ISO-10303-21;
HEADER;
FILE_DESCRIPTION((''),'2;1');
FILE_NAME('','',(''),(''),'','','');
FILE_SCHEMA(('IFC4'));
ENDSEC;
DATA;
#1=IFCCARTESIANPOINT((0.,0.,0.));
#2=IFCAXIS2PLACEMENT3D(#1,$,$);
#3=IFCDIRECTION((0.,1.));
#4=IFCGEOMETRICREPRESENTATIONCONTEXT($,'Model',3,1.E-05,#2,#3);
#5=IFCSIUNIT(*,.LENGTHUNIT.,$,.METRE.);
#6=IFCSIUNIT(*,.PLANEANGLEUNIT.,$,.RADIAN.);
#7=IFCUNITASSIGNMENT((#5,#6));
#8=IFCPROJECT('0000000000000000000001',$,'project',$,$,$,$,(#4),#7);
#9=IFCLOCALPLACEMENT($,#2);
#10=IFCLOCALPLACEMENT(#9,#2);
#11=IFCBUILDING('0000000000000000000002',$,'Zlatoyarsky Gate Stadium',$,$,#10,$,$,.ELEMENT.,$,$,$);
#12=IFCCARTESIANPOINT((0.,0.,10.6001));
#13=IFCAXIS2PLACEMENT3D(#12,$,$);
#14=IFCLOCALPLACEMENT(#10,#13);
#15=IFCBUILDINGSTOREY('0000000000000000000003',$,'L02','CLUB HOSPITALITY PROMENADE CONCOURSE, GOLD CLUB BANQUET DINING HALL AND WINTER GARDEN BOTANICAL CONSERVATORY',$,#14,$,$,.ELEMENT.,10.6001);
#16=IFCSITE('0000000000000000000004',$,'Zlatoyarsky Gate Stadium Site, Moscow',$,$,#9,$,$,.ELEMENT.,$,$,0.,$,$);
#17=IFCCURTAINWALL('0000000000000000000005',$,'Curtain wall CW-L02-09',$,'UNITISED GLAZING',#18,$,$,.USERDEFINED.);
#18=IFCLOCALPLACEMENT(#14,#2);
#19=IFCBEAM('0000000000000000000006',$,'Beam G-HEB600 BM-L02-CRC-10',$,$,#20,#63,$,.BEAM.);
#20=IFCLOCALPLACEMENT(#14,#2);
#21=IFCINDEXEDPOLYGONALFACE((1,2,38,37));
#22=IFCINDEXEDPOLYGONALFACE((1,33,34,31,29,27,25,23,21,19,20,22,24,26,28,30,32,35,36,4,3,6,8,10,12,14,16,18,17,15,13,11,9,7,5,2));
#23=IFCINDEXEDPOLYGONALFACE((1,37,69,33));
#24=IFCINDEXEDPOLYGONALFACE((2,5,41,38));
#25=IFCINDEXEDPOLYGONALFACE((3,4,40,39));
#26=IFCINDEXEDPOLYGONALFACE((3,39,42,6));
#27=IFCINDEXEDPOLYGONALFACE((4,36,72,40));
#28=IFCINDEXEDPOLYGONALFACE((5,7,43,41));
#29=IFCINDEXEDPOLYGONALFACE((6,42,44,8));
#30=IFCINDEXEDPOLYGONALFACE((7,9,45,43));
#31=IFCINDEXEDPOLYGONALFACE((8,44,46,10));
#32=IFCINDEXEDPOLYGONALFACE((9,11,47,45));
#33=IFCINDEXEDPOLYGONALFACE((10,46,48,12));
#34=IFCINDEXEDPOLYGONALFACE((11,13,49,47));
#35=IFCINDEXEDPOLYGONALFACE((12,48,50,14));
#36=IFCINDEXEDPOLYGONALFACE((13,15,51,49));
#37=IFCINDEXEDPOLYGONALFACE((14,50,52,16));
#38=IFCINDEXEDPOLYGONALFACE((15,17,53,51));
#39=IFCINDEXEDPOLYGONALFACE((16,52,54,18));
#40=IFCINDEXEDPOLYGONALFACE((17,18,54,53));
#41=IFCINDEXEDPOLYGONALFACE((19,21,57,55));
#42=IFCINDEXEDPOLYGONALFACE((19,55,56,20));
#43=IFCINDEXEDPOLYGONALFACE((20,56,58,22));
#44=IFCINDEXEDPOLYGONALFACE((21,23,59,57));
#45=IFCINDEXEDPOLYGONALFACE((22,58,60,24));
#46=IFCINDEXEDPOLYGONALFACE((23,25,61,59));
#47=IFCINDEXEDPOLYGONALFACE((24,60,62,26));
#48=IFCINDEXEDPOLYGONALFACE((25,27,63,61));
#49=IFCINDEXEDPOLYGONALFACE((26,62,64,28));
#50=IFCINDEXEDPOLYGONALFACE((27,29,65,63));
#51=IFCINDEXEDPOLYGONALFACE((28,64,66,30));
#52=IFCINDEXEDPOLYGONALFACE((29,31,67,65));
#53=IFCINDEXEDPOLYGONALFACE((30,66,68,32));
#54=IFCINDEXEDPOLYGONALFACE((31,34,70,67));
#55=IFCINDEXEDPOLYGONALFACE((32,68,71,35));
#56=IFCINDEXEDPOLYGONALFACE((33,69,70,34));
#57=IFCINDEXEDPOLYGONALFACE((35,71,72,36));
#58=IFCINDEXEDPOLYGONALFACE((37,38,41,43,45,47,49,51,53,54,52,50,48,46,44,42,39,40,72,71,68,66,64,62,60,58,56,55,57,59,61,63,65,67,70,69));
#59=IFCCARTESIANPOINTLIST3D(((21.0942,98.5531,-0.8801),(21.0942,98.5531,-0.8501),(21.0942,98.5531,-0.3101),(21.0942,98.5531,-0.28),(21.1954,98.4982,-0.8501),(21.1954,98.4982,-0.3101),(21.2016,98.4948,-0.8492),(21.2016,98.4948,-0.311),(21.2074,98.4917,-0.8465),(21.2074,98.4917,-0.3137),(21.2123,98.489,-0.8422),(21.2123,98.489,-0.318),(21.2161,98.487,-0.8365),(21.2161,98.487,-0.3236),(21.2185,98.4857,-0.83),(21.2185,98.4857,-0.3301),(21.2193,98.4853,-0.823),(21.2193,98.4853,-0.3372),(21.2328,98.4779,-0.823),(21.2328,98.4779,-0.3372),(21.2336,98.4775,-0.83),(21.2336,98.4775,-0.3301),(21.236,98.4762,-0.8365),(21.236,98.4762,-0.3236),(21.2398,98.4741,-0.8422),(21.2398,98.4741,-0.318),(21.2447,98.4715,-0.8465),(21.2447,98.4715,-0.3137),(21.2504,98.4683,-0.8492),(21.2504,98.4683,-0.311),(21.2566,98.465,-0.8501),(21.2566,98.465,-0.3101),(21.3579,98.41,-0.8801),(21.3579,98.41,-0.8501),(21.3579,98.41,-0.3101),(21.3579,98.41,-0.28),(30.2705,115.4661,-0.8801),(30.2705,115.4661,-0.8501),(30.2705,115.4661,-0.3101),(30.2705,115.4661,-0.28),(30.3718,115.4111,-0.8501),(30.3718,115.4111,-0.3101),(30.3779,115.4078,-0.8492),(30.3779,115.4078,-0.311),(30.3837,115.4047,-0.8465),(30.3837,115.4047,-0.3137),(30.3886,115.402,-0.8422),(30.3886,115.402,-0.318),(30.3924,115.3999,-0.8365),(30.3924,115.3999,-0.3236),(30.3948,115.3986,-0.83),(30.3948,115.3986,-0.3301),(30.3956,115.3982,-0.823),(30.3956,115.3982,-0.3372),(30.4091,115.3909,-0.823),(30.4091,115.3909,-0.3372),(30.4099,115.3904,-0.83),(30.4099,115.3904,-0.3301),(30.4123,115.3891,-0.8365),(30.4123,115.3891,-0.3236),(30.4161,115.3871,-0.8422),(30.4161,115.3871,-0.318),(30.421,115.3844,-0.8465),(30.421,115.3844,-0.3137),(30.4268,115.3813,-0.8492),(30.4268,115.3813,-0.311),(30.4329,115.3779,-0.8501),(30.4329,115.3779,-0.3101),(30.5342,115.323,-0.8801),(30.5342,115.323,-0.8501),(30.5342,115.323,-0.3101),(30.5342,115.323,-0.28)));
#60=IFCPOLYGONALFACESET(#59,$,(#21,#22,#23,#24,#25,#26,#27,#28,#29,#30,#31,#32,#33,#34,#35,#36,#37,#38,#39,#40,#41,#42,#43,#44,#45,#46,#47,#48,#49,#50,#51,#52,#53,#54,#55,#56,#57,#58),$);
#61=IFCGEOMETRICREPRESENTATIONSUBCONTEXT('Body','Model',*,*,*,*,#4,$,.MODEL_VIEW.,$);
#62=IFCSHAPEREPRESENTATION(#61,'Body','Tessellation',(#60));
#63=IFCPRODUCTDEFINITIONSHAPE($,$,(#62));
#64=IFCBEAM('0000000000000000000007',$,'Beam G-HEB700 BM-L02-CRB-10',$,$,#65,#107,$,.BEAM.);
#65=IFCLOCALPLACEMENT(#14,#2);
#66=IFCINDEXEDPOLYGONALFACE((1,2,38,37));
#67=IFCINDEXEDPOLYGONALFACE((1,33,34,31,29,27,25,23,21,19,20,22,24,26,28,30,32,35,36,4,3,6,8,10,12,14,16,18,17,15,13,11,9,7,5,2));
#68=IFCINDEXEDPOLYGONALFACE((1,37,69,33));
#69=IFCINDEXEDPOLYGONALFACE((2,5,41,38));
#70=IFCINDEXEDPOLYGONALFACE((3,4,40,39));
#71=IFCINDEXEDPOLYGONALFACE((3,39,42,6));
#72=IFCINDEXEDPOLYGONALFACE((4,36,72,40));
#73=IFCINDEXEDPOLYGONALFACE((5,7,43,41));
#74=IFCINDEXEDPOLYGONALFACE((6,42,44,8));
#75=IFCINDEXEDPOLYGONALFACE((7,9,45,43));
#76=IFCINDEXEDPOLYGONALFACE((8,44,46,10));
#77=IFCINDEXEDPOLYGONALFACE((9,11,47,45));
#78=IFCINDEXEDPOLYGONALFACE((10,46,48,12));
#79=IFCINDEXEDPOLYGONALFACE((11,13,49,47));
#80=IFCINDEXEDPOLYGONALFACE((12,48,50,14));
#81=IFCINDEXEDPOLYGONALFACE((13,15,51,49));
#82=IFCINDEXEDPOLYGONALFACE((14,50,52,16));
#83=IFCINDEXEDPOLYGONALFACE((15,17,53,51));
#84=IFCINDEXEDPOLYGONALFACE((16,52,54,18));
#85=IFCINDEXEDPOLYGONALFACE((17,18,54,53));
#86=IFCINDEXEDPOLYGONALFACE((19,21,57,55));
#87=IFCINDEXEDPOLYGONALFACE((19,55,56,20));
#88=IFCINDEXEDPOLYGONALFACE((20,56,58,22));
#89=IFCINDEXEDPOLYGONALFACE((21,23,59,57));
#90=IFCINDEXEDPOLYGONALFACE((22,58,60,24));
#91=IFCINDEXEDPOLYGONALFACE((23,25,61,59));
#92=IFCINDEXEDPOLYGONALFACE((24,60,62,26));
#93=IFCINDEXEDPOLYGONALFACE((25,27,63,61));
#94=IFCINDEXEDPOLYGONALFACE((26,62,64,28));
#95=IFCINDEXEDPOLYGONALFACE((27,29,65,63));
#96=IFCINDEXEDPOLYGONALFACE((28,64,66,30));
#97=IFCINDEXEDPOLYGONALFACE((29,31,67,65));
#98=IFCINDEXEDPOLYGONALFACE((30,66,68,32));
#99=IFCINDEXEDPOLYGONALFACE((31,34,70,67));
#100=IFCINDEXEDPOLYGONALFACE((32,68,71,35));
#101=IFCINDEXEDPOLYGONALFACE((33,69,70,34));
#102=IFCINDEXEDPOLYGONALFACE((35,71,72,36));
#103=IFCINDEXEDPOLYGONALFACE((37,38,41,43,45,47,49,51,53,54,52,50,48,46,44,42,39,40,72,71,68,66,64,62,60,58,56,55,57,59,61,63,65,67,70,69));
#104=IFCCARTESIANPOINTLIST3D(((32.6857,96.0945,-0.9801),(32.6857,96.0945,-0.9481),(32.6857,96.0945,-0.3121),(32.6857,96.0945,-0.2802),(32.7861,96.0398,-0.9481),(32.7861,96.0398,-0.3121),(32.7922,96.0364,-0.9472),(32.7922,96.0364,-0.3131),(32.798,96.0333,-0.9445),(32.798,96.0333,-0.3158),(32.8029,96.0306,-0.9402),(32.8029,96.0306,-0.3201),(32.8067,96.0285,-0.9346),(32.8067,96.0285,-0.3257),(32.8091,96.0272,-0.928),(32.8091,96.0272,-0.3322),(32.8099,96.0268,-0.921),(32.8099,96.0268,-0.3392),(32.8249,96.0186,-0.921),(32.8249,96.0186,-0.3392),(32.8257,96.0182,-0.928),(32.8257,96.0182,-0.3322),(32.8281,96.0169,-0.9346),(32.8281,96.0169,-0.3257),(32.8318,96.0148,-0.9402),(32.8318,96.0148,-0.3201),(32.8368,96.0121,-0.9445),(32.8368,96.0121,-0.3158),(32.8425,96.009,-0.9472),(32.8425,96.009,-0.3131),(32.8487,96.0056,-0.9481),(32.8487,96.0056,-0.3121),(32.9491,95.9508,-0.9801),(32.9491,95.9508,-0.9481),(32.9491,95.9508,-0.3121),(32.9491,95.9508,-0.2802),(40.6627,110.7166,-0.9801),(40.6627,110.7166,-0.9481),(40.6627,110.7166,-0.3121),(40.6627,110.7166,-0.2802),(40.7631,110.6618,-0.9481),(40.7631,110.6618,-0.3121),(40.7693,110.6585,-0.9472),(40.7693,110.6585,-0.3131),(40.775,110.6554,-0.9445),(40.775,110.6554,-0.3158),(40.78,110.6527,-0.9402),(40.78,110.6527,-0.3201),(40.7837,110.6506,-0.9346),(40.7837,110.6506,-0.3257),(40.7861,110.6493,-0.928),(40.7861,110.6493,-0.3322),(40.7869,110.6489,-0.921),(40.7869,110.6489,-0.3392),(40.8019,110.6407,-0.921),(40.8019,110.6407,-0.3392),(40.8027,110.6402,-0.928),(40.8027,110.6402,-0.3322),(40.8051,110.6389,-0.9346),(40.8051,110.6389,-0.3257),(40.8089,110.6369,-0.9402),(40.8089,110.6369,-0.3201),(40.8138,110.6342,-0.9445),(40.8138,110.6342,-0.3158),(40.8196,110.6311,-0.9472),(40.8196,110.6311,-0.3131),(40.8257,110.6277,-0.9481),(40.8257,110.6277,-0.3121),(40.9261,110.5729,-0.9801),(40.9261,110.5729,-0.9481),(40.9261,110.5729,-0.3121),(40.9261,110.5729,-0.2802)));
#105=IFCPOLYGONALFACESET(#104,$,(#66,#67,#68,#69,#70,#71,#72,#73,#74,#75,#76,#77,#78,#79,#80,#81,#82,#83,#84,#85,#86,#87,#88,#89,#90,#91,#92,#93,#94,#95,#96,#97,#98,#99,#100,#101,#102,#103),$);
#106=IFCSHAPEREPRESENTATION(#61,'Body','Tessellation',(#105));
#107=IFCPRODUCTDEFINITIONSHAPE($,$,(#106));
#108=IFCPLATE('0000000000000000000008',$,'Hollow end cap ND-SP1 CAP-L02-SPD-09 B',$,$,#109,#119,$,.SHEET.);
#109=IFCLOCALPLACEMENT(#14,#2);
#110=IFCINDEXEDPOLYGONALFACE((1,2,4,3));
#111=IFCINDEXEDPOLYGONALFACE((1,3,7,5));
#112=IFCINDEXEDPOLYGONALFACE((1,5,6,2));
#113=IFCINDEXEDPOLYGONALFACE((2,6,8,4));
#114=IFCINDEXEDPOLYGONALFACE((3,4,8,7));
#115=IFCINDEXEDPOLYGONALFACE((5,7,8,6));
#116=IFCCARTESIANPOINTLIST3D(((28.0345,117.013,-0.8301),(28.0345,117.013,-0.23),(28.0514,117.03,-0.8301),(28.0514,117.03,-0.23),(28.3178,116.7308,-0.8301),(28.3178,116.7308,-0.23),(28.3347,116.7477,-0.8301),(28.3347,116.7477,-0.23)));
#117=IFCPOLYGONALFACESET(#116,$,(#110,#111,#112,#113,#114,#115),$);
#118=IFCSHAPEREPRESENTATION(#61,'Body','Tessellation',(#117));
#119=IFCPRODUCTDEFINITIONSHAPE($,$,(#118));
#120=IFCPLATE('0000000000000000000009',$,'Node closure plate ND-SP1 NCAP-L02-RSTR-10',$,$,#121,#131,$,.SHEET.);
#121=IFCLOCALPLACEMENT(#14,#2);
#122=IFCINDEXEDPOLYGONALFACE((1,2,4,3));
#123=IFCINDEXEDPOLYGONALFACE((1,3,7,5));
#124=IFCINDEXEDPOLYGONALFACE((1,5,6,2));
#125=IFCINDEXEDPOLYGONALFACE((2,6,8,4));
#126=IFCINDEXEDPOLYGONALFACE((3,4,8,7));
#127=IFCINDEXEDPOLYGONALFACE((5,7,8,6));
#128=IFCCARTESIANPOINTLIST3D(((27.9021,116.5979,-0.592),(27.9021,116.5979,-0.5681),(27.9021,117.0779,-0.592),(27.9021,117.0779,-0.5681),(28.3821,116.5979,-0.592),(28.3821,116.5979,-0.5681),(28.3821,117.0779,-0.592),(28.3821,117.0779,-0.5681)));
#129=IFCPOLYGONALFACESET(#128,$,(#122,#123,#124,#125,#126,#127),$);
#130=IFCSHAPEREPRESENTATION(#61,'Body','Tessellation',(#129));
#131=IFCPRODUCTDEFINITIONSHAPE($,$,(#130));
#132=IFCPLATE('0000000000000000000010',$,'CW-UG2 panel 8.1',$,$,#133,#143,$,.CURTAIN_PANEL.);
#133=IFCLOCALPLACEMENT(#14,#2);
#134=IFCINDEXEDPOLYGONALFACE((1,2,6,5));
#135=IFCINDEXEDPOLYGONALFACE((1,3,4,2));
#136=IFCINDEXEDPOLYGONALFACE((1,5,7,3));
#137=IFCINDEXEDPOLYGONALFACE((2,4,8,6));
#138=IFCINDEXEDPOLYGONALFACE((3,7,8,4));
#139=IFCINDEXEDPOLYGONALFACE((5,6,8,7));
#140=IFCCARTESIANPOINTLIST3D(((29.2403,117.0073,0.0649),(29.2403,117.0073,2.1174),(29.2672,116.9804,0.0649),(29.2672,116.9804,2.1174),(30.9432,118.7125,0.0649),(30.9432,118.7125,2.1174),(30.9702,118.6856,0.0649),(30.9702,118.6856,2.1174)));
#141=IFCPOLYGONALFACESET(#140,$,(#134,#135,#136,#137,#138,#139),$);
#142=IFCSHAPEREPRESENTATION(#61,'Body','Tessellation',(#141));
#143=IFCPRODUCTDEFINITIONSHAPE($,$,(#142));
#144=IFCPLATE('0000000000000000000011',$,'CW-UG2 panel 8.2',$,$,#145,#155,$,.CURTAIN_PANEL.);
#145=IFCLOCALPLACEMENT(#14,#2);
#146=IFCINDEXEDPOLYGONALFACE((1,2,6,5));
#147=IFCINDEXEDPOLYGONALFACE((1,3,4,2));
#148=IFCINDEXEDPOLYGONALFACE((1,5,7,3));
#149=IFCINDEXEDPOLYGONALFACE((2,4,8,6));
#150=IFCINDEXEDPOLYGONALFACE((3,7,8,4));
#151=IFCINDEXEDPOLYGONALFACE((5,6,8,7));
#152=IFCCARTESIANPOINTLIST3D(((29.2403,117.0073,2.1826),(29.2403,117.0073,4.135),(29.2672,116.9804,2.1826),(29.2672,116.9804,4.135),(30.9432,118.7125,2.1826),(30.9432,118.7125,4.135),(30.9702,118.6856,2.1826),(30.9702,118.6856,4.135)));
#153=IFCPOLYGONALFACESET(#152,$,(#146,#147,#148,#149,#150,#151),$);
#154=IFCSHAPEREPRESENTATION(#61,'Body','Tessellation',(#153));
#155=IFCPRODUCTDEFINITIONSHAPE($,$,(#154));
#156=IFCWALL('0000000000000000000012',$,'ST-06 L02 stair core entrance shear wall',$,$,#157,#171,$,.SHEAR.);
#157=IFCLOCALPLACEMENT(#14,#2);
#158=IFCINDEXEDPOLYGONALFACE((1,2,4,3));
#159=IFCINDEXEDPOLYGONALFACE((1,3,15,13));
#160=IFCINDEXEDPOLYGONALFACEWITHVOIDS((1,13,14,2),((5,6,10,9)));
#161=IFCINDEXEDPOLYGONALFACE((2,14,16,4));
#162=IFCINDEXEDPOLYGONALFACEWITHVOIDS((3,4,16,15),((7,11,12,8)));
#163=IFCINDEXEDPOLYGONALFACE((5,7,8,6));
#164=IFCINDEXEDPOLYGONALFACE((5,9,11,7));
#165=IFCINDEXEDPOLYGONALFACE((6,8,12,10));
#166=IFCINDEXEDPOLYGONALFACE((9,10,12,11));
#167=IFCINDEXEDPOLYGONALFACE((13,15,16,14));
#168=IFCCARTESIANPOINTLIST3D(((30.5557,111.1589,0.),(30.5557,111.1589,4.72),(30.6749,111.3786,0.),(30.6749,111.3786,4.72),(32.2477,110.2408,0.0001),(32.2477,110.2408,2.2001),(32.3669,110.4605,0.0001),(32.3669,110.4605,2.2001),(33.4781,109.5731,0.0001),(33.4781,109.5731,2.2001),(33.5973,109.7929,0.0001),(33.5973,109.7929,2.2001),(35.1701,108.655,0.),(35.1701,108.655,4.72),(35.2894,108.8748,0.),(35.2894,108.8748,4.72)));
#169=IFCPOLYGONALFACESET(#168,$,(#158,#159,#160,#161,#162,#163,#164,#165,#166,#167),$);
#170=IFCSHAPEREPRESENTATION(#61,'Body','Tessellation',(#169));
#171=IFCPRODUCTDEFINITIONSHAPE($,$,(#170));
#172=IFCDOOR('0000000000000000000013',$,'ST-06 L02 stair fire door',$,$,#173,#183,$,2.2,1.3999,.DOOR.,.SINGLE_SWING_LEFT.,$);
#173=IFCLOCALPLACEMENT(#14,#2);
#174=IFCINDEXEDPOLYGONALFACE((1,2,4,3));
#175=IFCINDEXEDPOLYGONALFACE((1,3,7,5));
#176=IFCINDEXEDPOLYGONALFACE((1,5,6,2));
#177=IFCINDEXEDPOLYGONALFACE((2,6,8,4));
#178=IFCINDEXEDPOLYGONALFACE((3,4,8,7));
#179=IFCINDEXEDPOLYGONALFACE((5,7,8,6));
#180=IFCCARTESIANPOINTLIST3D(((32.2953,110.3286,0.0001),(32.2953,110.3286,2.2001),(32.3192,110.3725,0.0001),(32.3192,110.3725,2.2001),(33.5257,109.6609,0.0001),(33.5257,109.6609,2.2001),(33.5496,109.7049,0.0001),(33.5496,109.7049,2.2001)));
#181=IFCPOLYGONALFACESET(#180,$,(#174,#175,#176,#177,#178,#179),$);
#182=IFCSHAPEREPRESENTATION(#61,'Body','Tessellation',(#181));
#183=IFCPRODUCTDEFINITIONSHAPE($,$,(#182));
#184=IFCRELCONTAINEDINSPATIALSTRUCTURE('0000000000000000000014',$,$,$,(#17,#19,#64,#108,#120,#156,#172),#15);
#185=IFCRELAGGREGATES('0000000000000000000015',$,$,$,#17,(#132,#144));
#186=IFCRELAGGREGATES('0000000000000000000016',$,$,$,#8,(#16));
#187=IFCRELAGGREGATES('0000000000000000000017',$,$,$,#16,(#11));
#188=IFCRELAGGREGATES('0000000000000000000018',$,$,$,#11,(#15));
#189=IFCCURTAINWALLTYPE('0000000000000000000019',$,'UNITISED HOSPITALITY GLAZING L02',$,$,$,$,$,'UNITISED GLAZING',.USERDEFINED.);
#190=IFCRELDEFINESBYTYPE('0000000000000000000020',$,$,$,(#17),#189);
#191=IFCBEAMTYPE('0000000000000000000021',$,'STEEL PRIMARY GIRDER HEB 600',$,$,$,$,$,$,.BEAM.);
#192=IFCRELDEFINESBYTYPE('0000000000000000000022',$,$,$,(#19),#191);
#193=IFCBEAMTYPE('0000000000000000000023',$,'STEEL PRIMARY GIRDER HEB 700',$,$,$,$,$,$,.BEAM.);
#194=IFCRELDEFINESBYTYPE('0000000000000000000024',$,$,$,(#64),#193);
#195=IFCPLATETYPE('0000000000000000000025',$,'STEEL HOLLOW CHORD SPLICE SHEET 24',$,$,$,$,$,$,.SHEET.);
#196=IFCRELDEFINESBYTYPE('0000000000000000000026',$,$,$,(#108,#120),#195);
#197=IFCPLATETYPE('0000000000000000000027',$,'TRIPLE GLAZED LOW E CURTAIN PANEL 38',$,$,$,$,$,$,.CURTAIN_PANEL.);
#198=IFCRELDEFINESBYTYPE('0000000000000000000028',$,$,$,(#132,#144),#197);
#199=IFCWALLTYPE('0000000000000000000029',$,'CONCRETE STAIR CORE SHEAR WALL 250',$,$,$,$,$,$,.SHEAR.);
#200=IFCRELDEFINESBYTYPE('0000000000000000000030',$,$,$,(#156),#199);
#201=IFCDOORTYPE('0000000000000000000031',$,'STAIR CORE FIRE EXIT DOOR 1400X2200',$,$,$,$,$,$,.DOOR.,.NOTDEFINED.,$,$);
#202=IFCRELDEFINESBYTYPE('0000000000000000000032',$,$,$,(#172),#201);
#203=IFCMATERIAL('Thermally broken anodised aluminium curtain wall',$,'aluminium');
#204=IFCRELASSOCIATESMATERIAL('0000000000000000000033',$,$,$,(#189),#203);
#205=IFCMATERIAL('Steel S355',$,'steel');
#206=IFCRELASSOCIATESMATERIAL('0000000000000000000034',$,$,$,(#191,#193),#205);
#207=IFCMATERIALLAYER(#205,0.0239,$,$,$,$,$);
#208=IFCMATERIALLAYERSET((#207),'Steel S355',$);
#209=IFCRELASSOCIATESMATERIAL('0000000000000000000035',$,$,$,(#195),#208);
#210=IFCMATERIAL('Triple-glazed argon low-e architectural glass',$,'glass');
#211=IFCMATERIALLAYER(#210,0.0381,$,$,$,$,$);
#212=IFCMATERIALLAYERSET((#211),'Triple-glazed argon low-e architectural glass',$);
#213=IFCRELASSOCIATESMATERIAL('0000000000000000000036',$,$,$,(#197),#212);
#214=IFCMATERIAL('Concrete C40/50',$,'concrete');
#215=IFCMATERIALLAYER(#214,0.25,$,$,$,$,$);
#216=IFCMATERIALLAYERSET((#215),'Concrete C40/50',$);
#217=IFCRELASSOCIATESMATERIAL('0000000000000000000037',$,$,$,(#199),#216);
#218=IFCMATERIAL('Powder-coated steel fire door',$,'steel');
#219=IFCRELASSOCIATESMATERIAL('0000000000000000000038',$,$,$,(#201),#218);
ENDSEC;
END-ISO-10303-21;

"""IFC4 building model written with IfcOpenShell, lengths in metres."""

from ifc_helpers import new_model, si_unit, direction, frame, frame_2d, origin, origin_2d, place, context, subcontext, project, spatial, rectangle, i_section, extrude, material, layer, layer_set, material_profile, profile_set, type_object, element, fill, aggregate, save


model = new_model("IFC4")

# Units and contexts
model_context = context("Model", 3, precision=1e-05, world=origin(), true_north=direction((0.0, 1.0)))
body_context = subcontext(model_context, "Body", "Model", "MODEL_VIEW")
ifc_project = project(units=[si_unit("LENGTHUNIT", "METRE"), si_unit("PLANEANGLEUNIT", "RADIAN")], contexts=[model_context])

# Site, building, storey
site_placement = place(None, origin())
site = spatial("IfcSite", under=ifc_project, at=site_placement, Name="Zlatoyarsky Gate Stadium Site, Moscow", CompositionType="ELEMENT", RefElevation=0.0)
building_placement = place(site_placement, origin())
building = spatial("IfcBuilding", under=site, at=building_placement, Name="Zlatoyarsky Gate Stadium", CompositionType="ELEMENT")
storey_placement = place(building_placement, frame((0.0, 0.0, 10.6001)))
storey = spatial("IfcBuildingStorey", under=building, at=storey_placement, Name="L02", Description="CLUB HOSPITALITY PROMENADE CONCOURSE, GOLD CLUB BANQUET DINING HALL AND WINTER GARDEN BOTANICAL CONSERVATORY", CompositionType="ELEMENT", Elevation=10.6001)

# Shared definitions
ifc_material_1 = material(Name="Concrete C40/50", Category="concrete")
ifc_material_2 = material(Name="Steel S355", Category="steel")

# Curtain wall
ifc_material_3 = material(Name="Thermally broken anodised aluminium curtain wall", Category="aluminium")
curtain_wall_type = type_object("IfcCurtainWallType", Name="UNITISED HOSPITALITY GLAZING L02", ElementType="UNITISED GLAZING", PredefinedType="USERDEFINED", material=ifc_material_3)
curtain_wall_1_placement = place(storey_placement, origin())
curtain_wall_1 = element("IfcCurtainWall", 1, at=curtain_wall_1_placement, inside=storey, type_object=curtain_wall_type, Name="Curtain wall CW-L02-09", ObjectType="UNITISED GLAZING", PredefinedType="USERDEFINED")

# Beams
ifc_material_profile_1 = material_profile(ifc_material_2, i_section(OverallWidth=0.3, OverallDepth=0.6001, WebThickness=0.0154, FlangeThickness=0.03, FilletRadius=0.0271, at=origin_2d()), Name="HEB 600")
ifc_profile_set_1 = profile_set([ifc_material_profile_1], Name="Steel S355")
beam_type_1 = type_object("IfcBeamType", Name="STEEL PRIMARY GIRDER HEB 600", PredefinedType="BEAM", material=ifc_profile_set_1)
beam_1_placement = place(storey_placement, frame((30.4023, 115.3945, -0.5801), z_axis=(-0.476892, -0.878962, 0.0), x_axis=(0.878962, -0.476892, 0.0)))
element("IfcBeam", 2, at=beam_1_placement, inside=storey, type_object=beam_type_1, Name="Beam G-HEB600 BM-L02-CRC-10", PredefinedType="BEAM", context=body_context, shape_type="SweptSolid", body=[
    extrude(i_section(OverallWidth=0.3, OverallDepth=0.6001, WebThickness=0.0154, FlangeThickness=0.03, FilletRadius=0.0271, at=origin_2d()), origin(), (0.0, 0.0, 1.0), 19.2419),
])
ifc_material_profile_2 = material_profile(ifc_material_2, i_section(OverallWidth=0.3, OverallDepth=0.7, WebThickness=0.0171, FlangeThickness=0.032, FilletRadius=0.0271, at=origin_2d()), Name="HEB 700")
ifc_profile_set_2 = profile_set([ifc_material_profile_2], Name="Steel S355")
beam_type_2 = type_object("IfcBeamType", Name="STEEL PRIMARY GIRDER HEB 700", PredefinedType="BEAM", material=ifc_profile_set_2)
beam_2_placement = place(storey_placement, frame((40.7944, 110.6448, -0.6301), z_axis=(-0.478916, -0.877861, 0.0), x_axis=(0.877861, -0.478916, 0.0)))
element("IfcBeam", 3, at=beam_2_placement, inside=storey, type_object=beam_type_2, Name="Beam G-HEB700 BM-L02-CRB-10", PredefinedType="BEAM", context=body_context, shape_type="SweptSolid", body=[
    extrude(i_section(OverallWidth=0.3, OverallDepth=0.7, WebThickness=0.0171, FlangeThickness=0.032, FilletRadius=0.0271, at=origin_2d()), origin(), (0.0, 0.0, 1.0), 16.6565),
])

# Plates
ifc_layer_1 = layer(ifc_material_2, 0.0239)
ifc_layer_set_1 = layer_set([ifc_layer_1], Name="Steel S355")
plate_type_1 = type_object("IfcPlateType", Name="STEEL HOLLOW CHORD SPLICE SHEET 24", PredefinedType="SHEET", material=ifc_layer_set_1)
plate_1_placement = place(storey_placement, frame((28.1846, 116.8804, -0.8301), z_axis=(0.0, 0.0, 1.0), x_axis=(-0.70585, -0.708361, 0.0)))
element("IfcPlate", 4, at=plate_1_placement, inside=storey, type_object=plate_type_1, Name="Hollow end cap ND-SP1 CAP-L02-SPD-09 B", PredefinedType="SHEET", context=body_context, shape_type="SweptSolid", body=[
    extrude(rectangle(XDim=0.0239, YDim=0.3999, at=origin_2d()), origin(), (0.0, 0.0, 1.0), 0.6001),
])
plate_2_placement = place(storey_placement, frame((28.1421, 116.8379, -0.592), z_axis=(0.0, 0.0, 1.0), x_axis=(1.0, 0.0, 0.0)))
element("IfcPlate", 5, at=plate_2_placement, inside=storey, type_object=plate_type_1, Name="Node closure plate ND-SP1 NCAP-L02-RSTR-10", PredefinedType="SHEET", context=body_context, shape_type="SweptSolid", body=[
    extrude(rectangle(XDim=0.48, YDim=0.48, at=origin_2d()), origin(), (0.0, 0.0, 1.0), 0.0239),
])

# Plates
ifc_material_4 = material(Name="Triple-glazed argon low-e architectural glass", Category="glass")
ifc_layer_2 = layer(ifc_material_4, 0.0381)
ifc_layer_set_2 = layer_set([ifc_layer_2], Name="Triple-glazed argon low-e architectural glass")
plate_type_2 = type_object("IfcPlateType", Name="TRIPLE GLAZED LOW E CURTAIN PANEL 38", PredefinedType="CURTAIN_PANEL", material=ifc_layer_set_2)
plate_3_placement = place(storey_placement, frame((30.1052, 117.8464, 0.0649), z_axis=(0.0, 0.0, 1.0), x_axis=(-0.706626, -0.707588, 0.0)))
plate_3 = element("IfcPlate", 6, at=plate_3_placement, type_object=plate_type_2, Name="CW-UG2 panel 8.1", PredefinedType="CURTAIN_PANEL", context=body_context, shape_type="SweptSolid", body=[
    extrude(rectangle(XDim=2.4099, YDim=0.0381, at=origin_2d()), origin(), (0.0, 0.0, 1.0), 2.0525),
])
plate_4_placement = place(storey_placement, frame((30.1052, 117.8464, 2.1826), z_axis=(0.0, 0.0, 1.0), x_axis=(-0.706626, -0.707588, 0.0)))
plate_4 = element("IfcPlate", 7, at=plate_4_placement, type_object=plate_type_2, Name="CW-UG2 panel 8.2", PredefinedType="CURTAIN_PANEL", context=body_context, shape_type="SweptSolid", body=[
    extrude(rectangle(XDim=2.4099, YDim=0.0381, at=origin_2d()), origin(), (0.0, 0.0, 1.0), 1.9524),
])
aggregate(curtain_wall_1, [plate_3, plate_4])

# Wall, opening, door
ifc_layer_3 = layer(ifc_material_1, 0.25)
ifc_layer_set_3 = layer_set([ifc_layer_3], Name="Concrete C40/50")
wall_type_1 = type_object("IfcWallType", Name="CONCRETE STAIR CORE SHEAR WALL 250", PredefinedType="SHEAR", material=ifc_layer_set_3)
wall_1_placement = place(storey_placement, frame((35.2297, 108.7649, 0.0), z_axis=(0.0, 0.0, 1.0), x_axis=(-0.878942, 0.476929, 0.0)))
wall_1 = element("IfcWall", 8, at=wall_1_placement, inside=storey, type_object=wall_type_1, Name="ST-06 L02 stair core entrance shear wall", PredefinedType="SHEAR", context=body_context, shape_type="SweptSolid", body=[
    extrude(rectangle(XDim=5.25, YDim=0.25, at=frame_2d((2.625, 0.0))), origin(), (0.0, 0.0, 1.0), 4.72),
])
opening_1_placement = place(wall_1_placement, frame((1.925, 0.0, 0.0)))
opening_1 = element("IfcOpeningElement", 9, at=opening_1_placement, cuts=wall_1, PredefinedType="OPENING", context=body_context, shape_type="SweptSolid", body=[
    extrude(rectangle(XDim=1.3999, YDim=2.2, at=frame_2d((0.7, 1.1001))), frame((0.0, 0.135, 0.0), z_axis=(0.0, -1.0, 0.0), x_axis=(1.0, 0.0, 0.0)), (0.0, 0.0, 1.0), 0.27),
])
ifc_material_5 = material(Name="Powder-coated steel fire door", Category="steel")
door_type_1 = type_object("IfcDoorType", Name="STAIR CORE FIRE EXIT DOOR 1400X2200", OperationType="NOTDEFINED", PredefinedType="DOOR", material=ifc_material_5)
door_1_placement = place(opening_1_placement, frame((1.3999, 0.0, 0.0), z_axis=(0.0, 0.0, 1.0), x_axis=(-1.0, 0.0, 0.0)))
door_1 = element("IfcDoor", 10, at=door_1_placement, inside=storey, type_object=door_type_1, Name="ST-06 L02 stair fire door", OperationType="SINGLE_SWING_LEFT", OverallHeight=2.2, OverallWidth=1.3999, PredefinedType="DOOR", context=body_context, shape_type="SweptSolid", body=[
    extrude(rectangle(XDim=1.3999, YDim=2.2, at=frame_2d((0.7, 1.1001))), frame((0.0, 0.0249, 0.0), z_axis=(0.0, -1.0, 0.0), x_axis=(1.0, 0.0, 0.0)), (0.0, 0.0, 1.0), 0.05),
])
fill(opening_1, door_1)

save(model, "model.ifc")
